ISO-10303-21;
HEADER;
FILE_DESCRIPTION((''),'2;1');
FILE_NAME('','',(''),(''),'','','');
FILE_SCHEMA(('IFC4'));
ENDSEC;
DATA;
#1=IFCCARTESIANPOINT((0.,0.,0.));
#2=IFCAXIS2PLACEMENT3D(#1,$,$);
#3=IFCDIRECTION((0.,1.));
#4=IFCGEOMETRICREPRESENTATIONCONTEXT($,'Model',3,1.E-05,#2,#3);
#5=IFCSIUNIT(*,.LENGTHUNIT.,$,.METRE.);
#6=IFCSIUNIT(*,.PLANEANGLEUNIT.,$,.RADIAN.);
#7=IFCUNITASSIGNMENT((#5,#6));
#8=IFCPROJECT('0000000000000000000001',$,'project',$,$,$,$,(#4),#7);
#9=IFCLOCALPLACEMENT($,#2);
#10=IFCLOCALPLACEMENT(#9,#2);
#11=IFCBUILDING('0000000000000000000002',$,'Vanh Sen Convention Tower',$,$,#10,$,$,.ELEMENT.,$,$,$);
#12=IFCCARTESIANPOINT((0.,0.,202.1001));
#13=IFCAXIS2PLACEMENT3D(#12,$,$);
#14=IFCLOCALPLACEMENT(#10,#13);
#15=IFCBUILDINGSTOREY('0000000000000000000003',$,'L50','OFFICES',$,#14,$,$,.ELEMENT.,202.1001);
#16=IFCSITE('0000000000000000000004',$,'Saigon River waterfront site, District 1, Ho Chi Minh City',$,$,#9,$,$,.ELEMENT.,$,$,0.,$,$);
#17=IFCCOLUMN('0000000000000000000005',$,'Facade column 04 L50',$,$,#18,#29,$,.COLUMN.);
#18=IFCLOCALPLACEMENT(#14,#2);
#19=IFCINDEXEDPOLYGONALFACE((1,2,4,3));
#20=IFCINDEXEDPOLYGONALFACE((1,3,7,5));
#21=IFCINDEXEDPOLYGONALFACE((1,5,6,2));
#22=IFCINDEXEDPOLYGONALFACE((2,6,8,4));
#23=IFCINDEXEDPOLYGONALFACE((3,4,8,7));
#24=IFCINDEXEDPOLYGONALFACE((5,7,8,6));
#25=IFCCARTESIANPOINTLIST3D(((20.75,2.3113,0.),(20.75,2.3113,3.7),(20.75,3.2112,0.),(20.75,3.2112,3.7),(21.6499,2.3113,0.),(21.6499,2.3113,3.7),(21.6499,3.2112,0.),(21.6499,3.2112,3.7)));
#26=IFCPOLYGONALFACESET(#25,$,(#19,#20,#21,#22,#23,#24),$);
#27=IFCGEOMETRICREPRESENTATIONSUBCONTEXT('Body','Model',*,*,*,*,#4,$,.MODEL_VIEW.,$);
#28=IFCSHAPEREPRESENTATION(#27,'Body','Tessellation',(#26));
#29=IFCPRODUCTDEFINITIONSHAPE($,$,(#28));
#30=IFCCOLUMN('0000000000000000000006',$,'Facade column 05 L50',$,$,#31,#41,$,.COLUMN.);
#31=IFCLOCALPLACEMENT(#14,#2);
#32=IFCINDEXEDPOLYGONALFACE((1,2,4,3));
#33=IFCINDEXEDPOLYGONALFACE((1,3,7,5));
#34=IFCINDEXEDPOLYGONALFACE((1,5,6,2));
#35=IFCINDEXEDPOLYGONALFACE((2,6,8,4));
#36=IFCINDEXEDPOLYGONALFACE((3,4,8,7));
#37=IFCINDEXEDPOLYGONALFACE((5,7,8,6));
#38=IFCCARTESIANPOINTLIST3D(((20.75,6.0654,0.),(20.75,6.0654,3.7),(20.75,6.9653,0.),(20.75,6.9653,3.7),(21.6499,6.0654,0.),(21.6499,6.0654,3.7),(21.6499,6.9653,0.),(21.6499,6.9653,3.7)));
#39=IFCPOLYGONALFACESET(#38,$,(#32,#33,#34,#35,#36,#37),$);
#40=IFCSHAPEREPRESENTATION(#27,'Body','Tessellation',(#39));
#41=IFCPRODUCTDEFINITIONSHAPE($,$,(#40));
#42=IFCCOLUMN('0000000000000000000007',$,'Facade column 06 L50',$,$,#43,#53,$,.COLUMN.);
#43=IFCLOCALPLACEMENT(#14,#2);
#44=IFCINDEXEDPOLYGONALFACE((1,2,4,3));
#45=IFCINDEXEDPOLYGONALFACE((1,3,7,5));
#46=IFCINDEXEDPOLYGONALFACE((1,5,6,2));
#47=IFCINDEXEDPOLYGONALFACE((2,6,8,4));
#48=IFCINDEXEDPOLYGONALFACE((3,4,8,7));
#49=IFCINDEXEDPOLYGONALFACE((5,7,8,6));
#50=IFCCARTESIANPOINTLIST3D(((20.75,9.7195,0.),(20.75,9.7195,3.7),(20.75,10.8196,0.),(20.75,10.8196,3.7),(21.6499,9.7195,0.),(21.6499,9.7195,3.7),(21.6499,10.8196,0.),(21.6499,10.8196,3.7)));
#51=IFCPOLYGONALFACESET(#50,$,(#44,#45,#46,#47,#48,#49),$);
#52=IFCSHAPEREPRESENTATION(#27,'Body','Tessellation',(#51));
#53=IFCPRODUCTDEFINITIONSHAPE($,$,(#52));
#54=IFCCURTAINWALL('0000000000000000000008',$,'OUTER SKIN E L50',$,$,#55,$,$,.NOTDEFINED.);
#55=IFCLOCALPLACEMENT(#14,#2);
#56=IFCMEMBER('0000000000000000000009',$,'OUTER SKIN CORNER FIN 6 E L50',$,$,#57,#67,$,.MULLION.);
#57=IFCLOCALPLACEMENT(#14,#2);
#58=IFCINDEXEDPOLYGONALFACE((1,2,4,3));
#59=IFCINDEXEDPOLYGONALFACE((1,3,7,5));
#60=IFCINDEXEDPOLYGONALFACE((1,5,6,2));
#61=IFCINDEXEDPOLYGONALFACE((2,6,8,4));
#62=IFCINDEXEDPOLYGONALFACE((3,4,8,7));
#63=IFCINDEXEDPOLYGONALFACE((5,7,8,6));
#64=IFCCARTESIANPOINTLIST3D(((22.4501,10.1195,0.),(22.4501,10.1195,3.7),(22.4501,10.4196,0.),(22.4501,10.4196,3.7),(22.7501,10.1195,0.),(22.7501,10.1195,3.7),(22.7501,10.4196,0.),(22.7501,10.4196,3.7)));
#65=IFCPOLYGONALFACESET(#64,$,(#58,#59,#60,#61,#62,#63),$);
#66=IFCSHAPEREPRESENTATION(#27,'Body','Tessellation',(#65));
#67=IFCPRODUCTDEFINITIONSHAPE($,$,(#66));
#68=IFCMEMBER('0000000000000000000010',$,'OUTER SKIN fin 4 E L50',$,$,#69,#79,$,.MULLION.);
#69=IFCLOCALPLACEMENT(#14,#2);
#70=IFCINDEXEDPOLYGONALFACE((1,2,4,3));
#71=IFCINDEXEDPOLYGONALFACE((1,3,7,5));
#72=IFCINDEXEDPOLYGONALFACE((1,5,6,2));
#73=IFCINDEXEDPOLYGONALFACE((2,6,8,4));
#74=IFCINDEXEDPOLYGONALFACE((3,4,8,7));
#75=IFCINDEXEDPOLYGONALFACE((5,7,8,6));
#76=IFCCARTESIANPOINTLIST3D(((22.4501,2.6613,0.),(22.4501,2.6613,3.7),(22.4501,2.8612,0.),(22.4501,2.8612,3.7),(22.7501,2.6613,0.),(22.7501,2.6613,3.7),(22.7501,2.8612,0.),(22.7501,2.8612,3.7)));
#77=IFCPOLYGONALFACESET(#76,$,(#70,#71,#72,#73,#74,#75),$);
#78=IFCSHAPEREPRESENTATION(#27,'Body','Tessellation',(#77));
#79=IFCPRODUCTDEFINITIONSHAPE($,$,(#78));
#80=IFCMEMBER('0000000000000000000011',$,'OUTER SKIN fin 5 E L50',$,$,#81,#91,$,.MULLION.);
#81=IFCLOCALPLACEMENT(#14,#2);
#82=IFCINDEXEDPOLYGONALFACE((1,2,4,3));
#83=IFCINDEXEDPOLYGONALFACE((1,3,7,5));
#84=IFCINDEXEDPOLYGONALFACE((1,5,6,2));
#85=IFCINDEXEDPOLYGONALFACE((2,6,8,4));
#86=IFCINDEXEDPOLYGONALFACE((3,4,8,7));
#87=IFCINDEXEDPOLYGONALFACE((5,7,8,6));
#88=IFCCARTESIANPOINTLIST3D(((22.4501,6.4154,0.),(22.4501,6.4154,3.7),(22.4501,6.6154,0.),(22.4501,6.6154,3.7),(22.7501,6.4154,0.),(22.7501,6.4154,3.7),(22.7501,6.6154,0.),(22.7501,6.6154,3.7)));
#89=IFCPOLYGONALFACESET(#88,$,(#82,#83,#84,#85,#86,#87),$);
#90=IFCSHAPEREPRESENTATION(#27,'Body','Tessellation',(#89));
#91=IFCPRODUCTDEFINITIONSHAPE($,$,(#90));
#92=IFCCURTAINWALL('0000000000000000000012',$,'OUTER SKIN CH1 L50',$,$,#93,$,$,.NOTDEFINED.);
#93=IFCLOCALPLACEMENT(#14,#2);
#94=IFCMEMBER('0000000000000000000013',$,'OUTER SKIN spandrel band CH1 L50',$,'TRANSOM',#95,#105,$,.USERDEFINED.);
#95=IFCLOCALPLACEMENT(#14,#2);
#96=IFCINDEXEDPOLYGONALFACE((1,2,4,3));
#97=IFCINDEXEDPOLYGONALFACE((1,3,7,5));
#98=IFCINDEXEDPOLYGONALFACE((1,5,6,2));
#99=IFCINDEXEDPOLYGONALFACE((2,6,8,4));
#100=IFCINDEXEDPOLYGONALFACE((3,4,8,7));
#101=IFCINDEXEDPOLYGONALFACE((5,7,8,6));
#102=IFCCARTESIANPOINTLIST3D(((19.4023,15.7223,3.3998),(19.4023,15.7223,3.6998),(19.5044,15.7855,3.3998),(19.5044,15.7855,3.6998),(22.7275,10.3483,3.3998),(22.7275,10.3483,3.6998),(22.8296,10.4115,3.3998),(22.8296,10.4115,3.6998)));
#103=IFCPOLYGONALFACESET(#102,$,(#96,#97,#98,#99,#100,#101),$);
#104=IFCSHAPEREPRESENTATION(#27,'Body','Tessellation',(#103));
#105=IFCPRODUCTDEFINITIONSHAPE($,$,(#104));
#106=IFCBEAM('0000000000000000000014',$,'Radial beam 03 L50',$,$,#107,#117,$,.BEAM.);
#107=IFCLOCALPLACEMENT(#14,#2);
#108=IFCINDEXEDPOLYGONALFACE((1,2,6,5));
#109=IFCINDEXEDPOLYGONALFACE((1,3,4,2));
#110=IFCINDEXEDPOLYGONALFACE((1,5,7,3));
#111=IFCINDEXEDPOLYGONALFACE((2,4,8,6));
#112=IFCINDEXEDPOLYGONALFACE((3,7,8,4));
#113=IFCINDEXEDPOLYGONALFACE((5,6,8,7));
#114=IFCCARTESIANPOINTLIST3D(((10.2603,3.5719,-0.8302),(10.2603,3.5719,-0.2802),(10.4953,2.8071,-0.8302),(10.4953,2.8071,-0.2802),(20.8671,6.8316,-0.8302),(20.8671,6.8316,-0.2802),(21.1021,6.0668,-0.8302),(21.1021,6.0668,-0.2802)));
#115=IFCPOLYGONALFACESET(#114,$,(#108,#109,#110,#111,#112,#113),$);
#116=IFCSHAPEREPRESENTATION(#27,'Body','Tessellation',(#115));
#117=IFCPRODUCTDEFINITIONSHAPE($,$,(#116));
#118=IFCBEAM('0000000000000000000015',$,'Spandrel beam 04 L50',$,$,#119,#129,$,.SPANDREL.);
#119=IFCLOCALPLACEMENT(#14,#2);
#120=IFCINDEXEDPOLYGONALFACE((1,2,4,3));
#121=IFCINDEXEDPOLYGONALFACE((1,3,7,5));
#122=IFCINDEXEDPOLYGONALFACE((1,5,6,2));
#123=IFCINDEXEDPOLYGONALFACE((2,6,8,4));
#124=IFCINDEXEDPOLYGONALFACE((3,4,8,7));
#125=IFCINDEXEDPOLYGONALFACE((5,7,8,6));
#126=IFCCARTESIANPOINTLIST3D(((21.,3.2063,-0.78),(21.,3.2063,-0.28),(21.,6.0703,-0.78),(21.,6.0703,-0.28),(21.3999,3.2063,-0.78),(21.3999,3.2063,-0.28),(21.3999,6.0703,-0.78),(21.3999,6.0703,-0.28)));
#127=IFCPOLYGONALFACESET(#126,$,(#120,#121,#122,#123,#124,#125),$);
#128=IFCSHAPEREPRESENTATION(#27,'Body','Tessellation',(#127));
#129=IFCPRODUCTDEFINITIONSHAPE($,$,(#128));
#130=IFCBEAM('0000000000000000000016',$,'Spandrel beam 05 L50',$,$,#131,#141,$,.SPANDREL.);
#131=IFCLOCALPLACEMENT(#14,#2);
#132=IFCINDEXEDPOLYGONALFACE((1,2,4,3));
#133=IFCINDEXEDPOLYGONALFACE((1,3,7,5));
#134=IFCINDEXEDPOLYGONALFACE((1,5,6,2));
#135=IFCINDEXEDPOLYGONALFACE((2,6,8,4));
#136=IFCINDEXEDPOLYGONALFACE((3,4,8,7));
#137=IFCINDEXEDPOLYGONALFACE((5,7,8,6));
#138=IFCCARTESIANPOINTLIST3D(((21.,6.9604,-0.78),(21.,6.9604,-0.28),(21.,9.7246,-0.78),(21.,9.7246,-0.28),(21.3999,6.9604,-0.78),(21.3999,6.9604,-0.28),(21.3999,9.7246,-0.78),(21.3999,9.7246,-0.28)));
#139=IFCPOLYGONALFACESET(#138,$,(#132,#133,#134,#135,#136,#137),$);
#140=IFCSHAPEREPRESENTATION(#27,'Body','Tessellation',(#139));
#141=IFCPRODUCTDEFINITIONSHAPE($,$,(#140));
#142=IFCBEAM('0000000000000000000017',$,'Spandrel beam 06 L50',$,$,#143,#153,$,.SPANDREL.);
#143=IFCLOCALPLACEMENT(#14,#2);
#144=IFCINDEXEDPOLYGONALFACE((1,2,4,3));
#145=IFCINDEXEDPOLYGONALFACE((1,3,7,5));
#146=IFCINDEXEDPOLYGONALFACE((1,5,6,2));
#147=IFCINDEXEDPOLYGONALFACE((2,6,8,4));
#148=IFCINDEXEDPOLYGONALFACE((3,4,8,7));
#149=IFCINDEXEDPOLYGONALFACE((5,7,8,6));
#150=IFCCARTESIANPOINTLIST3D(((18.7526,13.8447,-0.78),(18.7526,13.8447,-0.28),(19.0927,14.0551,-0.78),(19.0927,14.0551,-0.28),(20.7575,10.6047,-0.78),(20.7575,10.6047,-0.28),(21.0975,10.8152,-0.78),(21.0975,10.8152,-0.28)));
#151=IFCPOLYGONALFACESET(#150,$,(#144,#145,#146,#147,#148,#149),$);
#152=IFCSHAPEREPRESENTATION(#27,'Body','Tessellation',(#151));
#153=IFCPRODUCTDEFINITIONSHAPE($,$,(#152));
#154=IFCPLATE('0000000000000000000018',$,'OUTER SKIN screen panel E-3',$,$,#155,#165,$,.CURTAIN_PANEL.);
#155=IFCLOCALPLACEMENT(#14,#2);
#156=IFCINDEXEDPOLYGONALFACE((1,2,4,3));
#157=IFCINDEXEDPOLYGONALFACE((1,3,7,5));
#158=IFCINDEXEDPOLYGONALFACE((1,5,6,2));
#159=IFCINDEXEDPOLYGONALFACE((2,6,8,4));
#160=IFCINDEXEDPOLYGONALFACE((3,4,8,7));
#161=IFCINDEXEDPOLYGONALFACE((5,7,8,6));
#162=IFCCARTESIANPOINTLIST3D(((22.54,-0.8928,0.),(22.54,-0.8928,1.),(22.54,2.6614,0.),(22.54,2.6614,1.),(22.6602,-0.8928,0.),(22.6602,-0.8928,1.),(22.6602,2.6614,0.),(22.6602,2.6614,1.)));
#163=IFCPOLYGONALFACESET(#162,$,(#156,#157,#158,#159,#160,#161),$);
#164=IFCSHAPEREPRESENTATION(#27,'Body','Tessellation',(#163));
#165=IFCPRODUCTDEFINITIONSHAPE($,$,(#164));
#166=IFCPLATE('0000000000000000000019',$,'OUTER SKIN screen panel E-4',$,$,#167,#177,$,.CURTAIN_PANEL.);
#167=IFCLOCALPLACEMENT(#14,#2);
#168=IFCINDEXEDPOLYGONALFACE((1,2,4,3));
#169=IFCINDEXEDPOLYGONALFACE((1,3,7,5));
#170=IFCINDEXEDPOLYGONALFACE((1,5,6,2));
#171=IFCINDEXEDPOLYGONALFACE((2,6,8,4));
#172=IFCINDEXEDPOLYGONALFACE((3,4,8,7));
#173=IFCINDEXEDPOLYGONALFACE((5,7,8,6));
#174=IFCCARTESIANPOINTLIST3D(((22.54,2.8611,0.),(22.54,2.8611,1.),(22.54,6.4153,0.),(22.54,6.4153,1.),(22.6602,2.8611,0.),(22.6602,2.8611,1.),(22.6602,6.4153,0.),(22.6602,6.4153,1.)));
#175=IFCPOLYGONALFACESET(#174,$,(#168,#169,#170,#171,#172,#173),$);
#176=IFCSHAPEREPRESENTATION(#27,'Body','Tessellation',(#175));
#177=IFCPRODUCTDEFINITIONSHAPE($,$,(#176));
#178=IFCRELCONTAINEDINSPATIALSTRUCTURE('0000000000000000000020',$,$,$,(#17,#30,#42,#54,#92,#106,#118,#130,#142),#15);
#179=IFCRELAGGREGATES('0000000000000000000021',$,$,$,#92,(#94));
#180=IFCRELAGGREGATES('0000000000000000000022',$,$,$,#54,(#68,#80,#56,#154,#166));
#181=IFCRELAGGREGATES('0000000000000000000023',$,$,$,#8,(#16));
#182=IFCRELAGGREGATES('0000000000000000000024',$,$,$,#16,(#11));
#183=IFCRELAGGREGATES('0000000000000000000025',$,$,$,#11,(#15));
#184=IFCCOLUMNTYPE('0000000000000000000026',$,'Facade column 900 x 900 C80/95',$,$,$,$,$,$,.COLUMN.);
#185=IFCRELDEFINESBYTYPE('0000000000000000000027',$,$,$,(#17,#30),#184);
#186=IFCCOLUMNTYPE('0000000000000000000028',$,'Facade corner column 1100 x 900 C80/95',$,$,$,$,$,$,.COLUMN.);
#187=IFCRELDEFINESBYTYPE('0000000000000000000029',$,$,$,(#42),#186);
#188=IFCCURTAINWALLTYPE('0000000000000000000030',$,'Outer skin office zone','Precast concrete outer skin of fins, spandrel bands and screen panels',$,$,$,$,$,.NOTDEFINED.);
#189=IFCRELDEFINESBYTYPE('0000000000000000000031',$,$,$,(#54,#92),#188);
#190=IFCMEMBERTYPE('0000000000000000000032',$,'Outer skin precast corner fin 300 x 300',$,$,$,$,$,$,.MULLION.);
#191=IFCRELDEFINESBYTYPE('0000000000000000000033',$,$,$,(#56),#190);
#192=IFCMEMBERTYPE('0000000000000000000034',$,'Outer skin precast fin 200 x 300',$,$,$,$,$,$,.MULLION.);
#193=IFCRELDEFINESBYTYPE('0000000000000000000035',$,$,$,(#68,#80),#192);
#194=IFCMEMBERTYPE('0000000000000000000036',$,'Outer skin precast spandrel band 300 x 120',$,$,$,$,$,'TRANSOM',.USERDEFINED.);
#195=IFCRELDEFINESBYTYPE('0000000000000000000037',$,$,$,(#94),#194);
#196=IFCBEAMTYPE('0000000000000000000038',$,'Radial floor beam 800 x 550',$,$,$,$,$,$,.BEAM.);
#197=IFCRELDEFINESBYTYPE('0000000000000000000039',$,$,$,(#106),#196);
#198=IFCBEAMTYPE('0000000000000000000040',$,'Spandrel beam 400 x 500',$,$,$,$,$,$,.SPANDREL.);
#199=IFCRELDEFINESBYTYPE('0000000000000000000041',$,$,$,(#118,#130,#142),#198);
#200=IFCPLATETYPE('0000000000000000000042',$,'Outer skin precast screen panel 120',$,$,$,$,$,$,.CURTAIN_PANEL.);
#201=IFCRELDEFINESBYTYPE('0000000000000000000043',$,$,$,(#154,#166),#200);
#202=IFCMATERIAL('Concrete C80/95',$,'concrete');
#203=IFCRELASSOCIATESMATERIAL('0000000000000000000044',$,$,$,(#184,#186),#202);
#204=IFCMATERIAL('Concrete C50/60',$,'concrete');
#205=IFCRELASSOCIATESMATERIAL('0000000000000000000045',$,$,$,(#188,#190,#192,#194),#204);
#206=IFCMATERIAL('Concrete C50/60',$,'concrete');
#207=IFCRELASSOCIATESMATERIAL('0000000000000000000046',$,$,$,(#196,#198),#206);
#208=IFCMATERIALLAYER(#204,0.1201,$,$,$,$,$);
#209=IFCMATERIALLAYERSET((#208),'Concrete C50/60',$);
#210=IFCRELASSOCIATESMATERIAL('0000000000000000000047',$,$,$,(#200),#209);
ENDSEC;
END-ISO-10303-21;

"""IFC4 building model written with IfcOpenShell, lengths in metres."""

from ifc_helpers import new_model, si_unit, direction, frame, origin, origin_2d, place, context, subcontext, project, spatial, rectangle, extrude, material, layer, layer_set, material_profile, profile_set, type_object, element, aggregate, save


model = new_model("IFC4")

# Units and contexts
model_context = context("Model", 3, precision=1e-05, world=origin(), true_north=direction((0.0, 1.0)))
body_context = subcontext(model_context, "Body", "Model", "MODEL_VIEW")
ifc_project = project(units=[si_unit("LENGTHUNIT", "METRE"), si_unit("PLANEANGLEUNIT", "RADIAN")], contexts=[model_context])

# Site, building, storey
site_placement = place(None, origin())
site = spatial("IfcSite", under=ifc_project, at=site_placement, Name="Saigon River waterfront site, District 1, Ho Chi Minh City", CompositionType="ELEMENT", RefElevation=0.0)
building_placement = place(site_placement, origin())
building = spatial("IfcBuilding", under=site, at=building_placement, Name="Vanh Sen Convention Tower", CompositionType="ELEMENT")
storey_placement = place(building_placement, frame((0.0, 0.0, 202.1001)))
storey = spatial("IfcBuildingStorey", under=building, at=storey_placement, Name="L50", Description="OFFICES", CompositionType="ELEMENT", Elevation=202.1001)

# Columns
ifc_material_1 = material(Name="Concrete C80/95", Category="concrete")
ifc_material_profile_1 = material_profile(ifc_material_1, rectangle(XDim=0.8999, YDim=0.8999, at=origin_2d()), Name="RC 900X900")
ifc_profile_set_1 = profile_set([ifc_material_profile_1], Name="Concrete C80/95")
column_type_1 = type_object("IfcColumnType", Name="Facade column 900 x 900 C80/95", PredefinedType="COLUMN", material=ifc_profile_set_1)
for number, where, z_axis, x_axis, name in (
    (1, (21.2, 2.7612, 0.0), (0.0, 0.0, 1.0), (0.0, 1.0, 0.0), "Facade column 04 L50"),
    (2, (21.2, 6.5154, 0.0), (0.0, 0.0, 1.0), (0.0, 1.0, 0.0), "Facade column 05 L50"),
):
    element("IfcColumn", number, at=place(storey_placement, frame(where, z_axis=z_axis, x_axis=x_axis)), inside=storey, type_object=column_type_1, Name=name, PredefinedType="COLUMN", context=body_context, shape_type="SweptSolid", body=[
        extrude(rectangle(XDim=0.8999, YDim=0.8999, at=origin_2d()), origin(), (0.0, 0.0, 1.0), 3.7),
    ])
ifc_material_profile_2 = material_profile(ifc_material_1, rectangle(XDim=1.1001, YDim=0.8999, at=origin_2d()), Name="RC 1100X900")
ifc_profile_set_2 = profile_set([ifc_material_profile_2], Name="Concrete C80/95")
column_type_2 = type_object("IfcColumnType", Name="Facade corner column 1100 x 900 C80/95", PredefinedType="COLUMN", material=ifc_profile_set_2)
column_placement = place(storey_placement, frame((21.2, 10.2695, 0.0), z_axis=(0.0, 0.0, 1.0), x_axis=(0.0, 1.0, 0.0)))
element("IfcColumn", 3, at=column_placement, inside=storey, type_object=column_type_2, Name="Facade column 06 L50", PredefinedType="COLUMN", context=body_context, shape_type="SweptSolid", body=[
    extrude(rectangle(XDim=1.1001, YDim=0.8999, at=origin_2d()), origin(), (0.0, 0.0, 1.0), 3.7),
])

# Curtain wall, members
ifc_material_2 = material(Name="Concrete C50/60", Category="concrete")
curtain_wall_type = type_object("IfcCurtainWallType", Name="Outer skin office zone", Description="Precast concrete outer skin of fins, spandrel bands and screen panels", PredefinedType="NOTDEFINED", material=ifc_material_2)
curtain_wall_1_placement = place(storey_placement, origin())
curtain_wall_1 = element("IfcCurtainWall", 4, at=curtain_wall_1_placement, inside=storey, type_object=curtain_wall_type, Name="OUTER SKIN E L50", PredefinedType="NOTDEFINED")
ifc_material_profile_3 = material_profile(ifc_material_2, rectangle(XDim=0.3, YDim=0.3, at=origin_2d()), Name="Outer skin precast corner fin 300 x 300")
ifc_profile_set_3 = profile_set([ifc_material_profile_3], Name="Concrete C50/60")
member_type_1 = type_object("IfcMemberType", Name="Outer skin precast corner fin 300 x 300", PredefinedType="MULLION", material=ifc_profile_set_3)
member_1_placement = place(storey_placement, frame((22.6001, 10.2695, 0.0), z_axis=(0.0, 0.0, 1.0), x_axis=(0.0, 1.0, 0.0)))
member_1 = element("IfcMember", 5, at=member_1_placement, type_object=member_type_1, Name="OUTER SKIN CORNER FIN 6 E L50", PredefinedType="MULLION", context=body_context, shape_type="SweptSolid", body=[
    extrude(rectangle(XDim=0.3, YDim=0.3, at=origin_2d()), origin(), (0.0, 0.0, 1.0), 3.7),
])
ifc_material_profile_4 = material_profile(ifc_material_2, rectangle(XDim=0.2, YDim=0.3, at=origin_2d()), Name="Outer skin precast fin 200 x 300")
ifc_profile_set_4 = profile_set([ifc_material_profile_4], Name="Concrete C50/60")
member_type_2 = type_object("IfcMemberType", Name="Outer skin precast fin 200 x 300", PredefinedType="MULLION", material=ifc_profile_set_4)
member_2_placement = place(storey_placement, frame((22.6001, 2.7612, 0.0), z_axis=(0.0, 0.0, 1.0), x_axis=(0.0, 1.0, 0.0)))
member_2 = element("IfcMember", 6, at=member_2_placement, type_object=member_type_2, Name="OUTER SKIN fin 4 E L50", PredefinedType="MULLION", context=body_context, shape_type="SweptSolid", body=[
    extrude(rectangle(XDim=0.2, YDim=0.3, at=origin_2d()), origin(), (0.0, 0.0, 1.0), 3.7),
])
member_3_placement = place(storey_placement, frame((22.6001, 6.5154, 0.0), z_axis=(0.0, 0.0, 1.0), x_axis=(0.0, 1.0, 0.0)))
member_3 = element("IfcMember", 7, at=member_3_placement, type_object=member_type_2, Name="OUTER SKIN fin 5 E L50", PredefinedType="MULLION", context=body_context, shape_type="SweptSolid", body=[
    extrude(rectangle(XDim=0.2, YDim=0.3, at=origin_2d()), origin(), (0.0, 0.0, 1.0), 3.7),
])

# Curtain wall, member
curtain_wall_2_placement = place(storey_placement, origin())
curtain_wall_2 = element("IfcCurtainWall", 8, at=curtain_wall_2_placement, inside=storey, type_object=curtain_wall_type, Name="OUTER SKIN CH1 L50", PredefinedType="NOTDEFINED")
ifc_material_profile_5 = material_profile(ifc_material_2, rectangle(XDim=0.1201, YDim=0.3, at=origin_2d()), Name="Outer skin precast spandrel band 300 x 120")
ifc_profile_set_5 = profile_set([ifc_material_profile_5], Name="Concrete C50/60")
member_type_3 = type_object("IfcMemberType", Name="Outer skin precast spandrel band 300 x 120", ElementType="TRANSOM", PredefinedType="USERDEFINED", material=ifc_profile_set_5)
member_4_placement = place(storey_placement, frame((22.7786, 10.3799, 3.5498), z_axis=(-0.526174, 0.850377, 0.0), x_axis=(-0.850377, -0.526174, 0.0)))
member_4 = element("IfcMember", 9, at=member_4_placement, type_object=member_type_3, Name="OUTER SKIN spandrel band CH1 L50", ObjectType="TRANSOM", PredefinedType="USERDEFINED", context=body_context, shape_type="SweptSolid", body=[
    extrude(rectangle(XDim=0.1201, YDim=0.3, at=origin_2d()), origin(), (0.0, 0.0, 1.0), 6.3196),
])
aggregate(curtain_wall_2, [member_4])

# Beams
ifc_material_3 = material(Name="Concrete C50/60", Category="concrete")
ifc_material_profile_6 = material_profile(ifc_material_3, rectangle(XDim=0.8, YDim=0.55, at=origin_2d()), Name="RC 800X550")
ifc_profile_set_6 = profile_set([ifc_material_profile_6], Name="Concrete C50/60")
beam_type_1 = type_object("IfcBeamType", Name="Radial floor beam 800 x 550", PredefinedType="BEAM", material=ifc_profile_set_6)
beam_1_placement = place(storey_placement, frame((20.9846, 6.4492, -0.5552), z_axis=(-0.955878, -0.293764, 0.0), x_axis=(0.293764, -0.955878, 0.0)))
element("IfcBeam", 10, at=beam_1_placement, inside=storey, type_object=beam_type_1, Name="Radial beam 03 L50", PredefinedType="BEAM", context=body_context, shape_type="SweptSolid", body=[
    extrude(rectangle(XDim=0.8, YDim=0.55, at=origin_2d()), origin(), (0.0, 0.0, 1.0), 11.0964),
])
ifc_material_profile_7 = material_profile(ifc_material_3, rectangle(XDim=0.3999, YDim=0.5, at=origin_2d()), Name="RC 400X500")
ifc_profile_set_7 = profile_set([ifc_material_profile_7], Name="Concrete C50/60")
beam_type_2 = type_object("IfcBeamType", Name="Spandrel beam 400 x 500", PredefinedType="SPANDREL", material=ifc_profile_set_7)
beam_2_placement = place(storey_placement, frame((21.2, 3.2063, -0.53), z_axis=(0.0, 1.0, 0.0), x_axis=(-1.0, 0.0, 0.0)))
element("IfcBeam", 11, at=beam_2_placement, inside=storey, type_object=beam_type_2, Name="Spandrel beam 04 L50", PredefinedType="SPANDREL", context=body_context, shape_type="SweptSolid", body=[
    extrude(rectangle(XDim=0.3999, YDim=0.5, at=origin_2d()), origin(), (0.0, 0.0, 1.0), 2.864),
])
beam_3_placement = place(storey_placement, frame((21.2, 6.9604, -0.53), z_axis=(0.0, 1.0, 0.0), x_axis=(-1.0, 0.0, 0.0)))
element("IfcBeam", 12, at=beam_3_placement, inside=storey, type_object=beam_type_2, Name="Spandrel beam 05 L50", PredefinedType="SPANDREL", context=body_context, shape_type="SweptSolid", body=[
    extrude(rectangle(XDim=0.3999, YDim=0.5, at=origin_2d()), origin(), (0.0, 0.0, 1.0), 2.7642),
])
beam_4_placement = place(storey_placement, frame((20.9275, 10.71, -0.53), z_axis=(-0.526198, 0.850362, 0.0), x_axis=(-0.850362, -0.526198, 0.0)))
element("IfcBeam", 13, at=beam_4_placement, inside=storey, type_object=beam_type_2, Name="Spandrel beam 06 L50", PredefinedType="SPANDREL", context=body_context, shape_type="SweptSolid", body=[
    extrude(rectangle(XDim=0.3999, YDim=0.5, at=origin_2d()), origin(), (0.0, 0.0, 1.0), 3.8101),
])

# Plates
ifc_layer_1 = layer(ifc_material_2, 0.1201)
ifc_layer_set_1 = layer_set([ifc_layer_1], Name="Concrete C50/60")
plate_type = type_object("IfcPlateType", Name="Outer skin precast screen panel 120", PredefinedType="CURTAIN_PANEL", material=ifc_layer_set_1)
plate_1_placement = place(storey_placement, frame((22.6001, 0.8843, 0.0), z_axis=(0.0, 0.0, 1.0), x_axis=(0.0, 1.0, 0.0)))
plate_1 = element("IfcPlate", 14, at=plate_1_placement, type_object=plate_type, Name="OUTER SKIN screen panel E-3", PredefinedType="CURTAIN_PANEL", context=body_context, shape_type="SweptSolid", body=[
    extrude(rectangle(XDim=3.5542, YDim=0.1201, at=origin_2d()), origin(), (0.0, 0.0, 1.0), 1.0),
])
plate_2_placement = place(storey_placement, frame((22.6001, 4.6382, 0.0), z_axis=(0.0, 0.0, 1.0), x_axis=(0.0, 1.0, 0.0)))
plate_2 = element("IfcPlate", 15, at=plate_2_placement, type_object=plate_type, Name="OUTER SKIN screen panel E-4", PredefinedType="CURTAIN_PANEL", context=body_context, shape_type="SweptSolid", body=[
    extrude(rectangle(XDim=3.5542, YDim=0.1201, at=origin_2d()), origin(), (0.0, 0.0, 1.0), 1.0),
])
aggregate(curtain_wall_1, [member_2, member_3, member_1, plate_1, plate_2])

save(model, "model.ifc")
